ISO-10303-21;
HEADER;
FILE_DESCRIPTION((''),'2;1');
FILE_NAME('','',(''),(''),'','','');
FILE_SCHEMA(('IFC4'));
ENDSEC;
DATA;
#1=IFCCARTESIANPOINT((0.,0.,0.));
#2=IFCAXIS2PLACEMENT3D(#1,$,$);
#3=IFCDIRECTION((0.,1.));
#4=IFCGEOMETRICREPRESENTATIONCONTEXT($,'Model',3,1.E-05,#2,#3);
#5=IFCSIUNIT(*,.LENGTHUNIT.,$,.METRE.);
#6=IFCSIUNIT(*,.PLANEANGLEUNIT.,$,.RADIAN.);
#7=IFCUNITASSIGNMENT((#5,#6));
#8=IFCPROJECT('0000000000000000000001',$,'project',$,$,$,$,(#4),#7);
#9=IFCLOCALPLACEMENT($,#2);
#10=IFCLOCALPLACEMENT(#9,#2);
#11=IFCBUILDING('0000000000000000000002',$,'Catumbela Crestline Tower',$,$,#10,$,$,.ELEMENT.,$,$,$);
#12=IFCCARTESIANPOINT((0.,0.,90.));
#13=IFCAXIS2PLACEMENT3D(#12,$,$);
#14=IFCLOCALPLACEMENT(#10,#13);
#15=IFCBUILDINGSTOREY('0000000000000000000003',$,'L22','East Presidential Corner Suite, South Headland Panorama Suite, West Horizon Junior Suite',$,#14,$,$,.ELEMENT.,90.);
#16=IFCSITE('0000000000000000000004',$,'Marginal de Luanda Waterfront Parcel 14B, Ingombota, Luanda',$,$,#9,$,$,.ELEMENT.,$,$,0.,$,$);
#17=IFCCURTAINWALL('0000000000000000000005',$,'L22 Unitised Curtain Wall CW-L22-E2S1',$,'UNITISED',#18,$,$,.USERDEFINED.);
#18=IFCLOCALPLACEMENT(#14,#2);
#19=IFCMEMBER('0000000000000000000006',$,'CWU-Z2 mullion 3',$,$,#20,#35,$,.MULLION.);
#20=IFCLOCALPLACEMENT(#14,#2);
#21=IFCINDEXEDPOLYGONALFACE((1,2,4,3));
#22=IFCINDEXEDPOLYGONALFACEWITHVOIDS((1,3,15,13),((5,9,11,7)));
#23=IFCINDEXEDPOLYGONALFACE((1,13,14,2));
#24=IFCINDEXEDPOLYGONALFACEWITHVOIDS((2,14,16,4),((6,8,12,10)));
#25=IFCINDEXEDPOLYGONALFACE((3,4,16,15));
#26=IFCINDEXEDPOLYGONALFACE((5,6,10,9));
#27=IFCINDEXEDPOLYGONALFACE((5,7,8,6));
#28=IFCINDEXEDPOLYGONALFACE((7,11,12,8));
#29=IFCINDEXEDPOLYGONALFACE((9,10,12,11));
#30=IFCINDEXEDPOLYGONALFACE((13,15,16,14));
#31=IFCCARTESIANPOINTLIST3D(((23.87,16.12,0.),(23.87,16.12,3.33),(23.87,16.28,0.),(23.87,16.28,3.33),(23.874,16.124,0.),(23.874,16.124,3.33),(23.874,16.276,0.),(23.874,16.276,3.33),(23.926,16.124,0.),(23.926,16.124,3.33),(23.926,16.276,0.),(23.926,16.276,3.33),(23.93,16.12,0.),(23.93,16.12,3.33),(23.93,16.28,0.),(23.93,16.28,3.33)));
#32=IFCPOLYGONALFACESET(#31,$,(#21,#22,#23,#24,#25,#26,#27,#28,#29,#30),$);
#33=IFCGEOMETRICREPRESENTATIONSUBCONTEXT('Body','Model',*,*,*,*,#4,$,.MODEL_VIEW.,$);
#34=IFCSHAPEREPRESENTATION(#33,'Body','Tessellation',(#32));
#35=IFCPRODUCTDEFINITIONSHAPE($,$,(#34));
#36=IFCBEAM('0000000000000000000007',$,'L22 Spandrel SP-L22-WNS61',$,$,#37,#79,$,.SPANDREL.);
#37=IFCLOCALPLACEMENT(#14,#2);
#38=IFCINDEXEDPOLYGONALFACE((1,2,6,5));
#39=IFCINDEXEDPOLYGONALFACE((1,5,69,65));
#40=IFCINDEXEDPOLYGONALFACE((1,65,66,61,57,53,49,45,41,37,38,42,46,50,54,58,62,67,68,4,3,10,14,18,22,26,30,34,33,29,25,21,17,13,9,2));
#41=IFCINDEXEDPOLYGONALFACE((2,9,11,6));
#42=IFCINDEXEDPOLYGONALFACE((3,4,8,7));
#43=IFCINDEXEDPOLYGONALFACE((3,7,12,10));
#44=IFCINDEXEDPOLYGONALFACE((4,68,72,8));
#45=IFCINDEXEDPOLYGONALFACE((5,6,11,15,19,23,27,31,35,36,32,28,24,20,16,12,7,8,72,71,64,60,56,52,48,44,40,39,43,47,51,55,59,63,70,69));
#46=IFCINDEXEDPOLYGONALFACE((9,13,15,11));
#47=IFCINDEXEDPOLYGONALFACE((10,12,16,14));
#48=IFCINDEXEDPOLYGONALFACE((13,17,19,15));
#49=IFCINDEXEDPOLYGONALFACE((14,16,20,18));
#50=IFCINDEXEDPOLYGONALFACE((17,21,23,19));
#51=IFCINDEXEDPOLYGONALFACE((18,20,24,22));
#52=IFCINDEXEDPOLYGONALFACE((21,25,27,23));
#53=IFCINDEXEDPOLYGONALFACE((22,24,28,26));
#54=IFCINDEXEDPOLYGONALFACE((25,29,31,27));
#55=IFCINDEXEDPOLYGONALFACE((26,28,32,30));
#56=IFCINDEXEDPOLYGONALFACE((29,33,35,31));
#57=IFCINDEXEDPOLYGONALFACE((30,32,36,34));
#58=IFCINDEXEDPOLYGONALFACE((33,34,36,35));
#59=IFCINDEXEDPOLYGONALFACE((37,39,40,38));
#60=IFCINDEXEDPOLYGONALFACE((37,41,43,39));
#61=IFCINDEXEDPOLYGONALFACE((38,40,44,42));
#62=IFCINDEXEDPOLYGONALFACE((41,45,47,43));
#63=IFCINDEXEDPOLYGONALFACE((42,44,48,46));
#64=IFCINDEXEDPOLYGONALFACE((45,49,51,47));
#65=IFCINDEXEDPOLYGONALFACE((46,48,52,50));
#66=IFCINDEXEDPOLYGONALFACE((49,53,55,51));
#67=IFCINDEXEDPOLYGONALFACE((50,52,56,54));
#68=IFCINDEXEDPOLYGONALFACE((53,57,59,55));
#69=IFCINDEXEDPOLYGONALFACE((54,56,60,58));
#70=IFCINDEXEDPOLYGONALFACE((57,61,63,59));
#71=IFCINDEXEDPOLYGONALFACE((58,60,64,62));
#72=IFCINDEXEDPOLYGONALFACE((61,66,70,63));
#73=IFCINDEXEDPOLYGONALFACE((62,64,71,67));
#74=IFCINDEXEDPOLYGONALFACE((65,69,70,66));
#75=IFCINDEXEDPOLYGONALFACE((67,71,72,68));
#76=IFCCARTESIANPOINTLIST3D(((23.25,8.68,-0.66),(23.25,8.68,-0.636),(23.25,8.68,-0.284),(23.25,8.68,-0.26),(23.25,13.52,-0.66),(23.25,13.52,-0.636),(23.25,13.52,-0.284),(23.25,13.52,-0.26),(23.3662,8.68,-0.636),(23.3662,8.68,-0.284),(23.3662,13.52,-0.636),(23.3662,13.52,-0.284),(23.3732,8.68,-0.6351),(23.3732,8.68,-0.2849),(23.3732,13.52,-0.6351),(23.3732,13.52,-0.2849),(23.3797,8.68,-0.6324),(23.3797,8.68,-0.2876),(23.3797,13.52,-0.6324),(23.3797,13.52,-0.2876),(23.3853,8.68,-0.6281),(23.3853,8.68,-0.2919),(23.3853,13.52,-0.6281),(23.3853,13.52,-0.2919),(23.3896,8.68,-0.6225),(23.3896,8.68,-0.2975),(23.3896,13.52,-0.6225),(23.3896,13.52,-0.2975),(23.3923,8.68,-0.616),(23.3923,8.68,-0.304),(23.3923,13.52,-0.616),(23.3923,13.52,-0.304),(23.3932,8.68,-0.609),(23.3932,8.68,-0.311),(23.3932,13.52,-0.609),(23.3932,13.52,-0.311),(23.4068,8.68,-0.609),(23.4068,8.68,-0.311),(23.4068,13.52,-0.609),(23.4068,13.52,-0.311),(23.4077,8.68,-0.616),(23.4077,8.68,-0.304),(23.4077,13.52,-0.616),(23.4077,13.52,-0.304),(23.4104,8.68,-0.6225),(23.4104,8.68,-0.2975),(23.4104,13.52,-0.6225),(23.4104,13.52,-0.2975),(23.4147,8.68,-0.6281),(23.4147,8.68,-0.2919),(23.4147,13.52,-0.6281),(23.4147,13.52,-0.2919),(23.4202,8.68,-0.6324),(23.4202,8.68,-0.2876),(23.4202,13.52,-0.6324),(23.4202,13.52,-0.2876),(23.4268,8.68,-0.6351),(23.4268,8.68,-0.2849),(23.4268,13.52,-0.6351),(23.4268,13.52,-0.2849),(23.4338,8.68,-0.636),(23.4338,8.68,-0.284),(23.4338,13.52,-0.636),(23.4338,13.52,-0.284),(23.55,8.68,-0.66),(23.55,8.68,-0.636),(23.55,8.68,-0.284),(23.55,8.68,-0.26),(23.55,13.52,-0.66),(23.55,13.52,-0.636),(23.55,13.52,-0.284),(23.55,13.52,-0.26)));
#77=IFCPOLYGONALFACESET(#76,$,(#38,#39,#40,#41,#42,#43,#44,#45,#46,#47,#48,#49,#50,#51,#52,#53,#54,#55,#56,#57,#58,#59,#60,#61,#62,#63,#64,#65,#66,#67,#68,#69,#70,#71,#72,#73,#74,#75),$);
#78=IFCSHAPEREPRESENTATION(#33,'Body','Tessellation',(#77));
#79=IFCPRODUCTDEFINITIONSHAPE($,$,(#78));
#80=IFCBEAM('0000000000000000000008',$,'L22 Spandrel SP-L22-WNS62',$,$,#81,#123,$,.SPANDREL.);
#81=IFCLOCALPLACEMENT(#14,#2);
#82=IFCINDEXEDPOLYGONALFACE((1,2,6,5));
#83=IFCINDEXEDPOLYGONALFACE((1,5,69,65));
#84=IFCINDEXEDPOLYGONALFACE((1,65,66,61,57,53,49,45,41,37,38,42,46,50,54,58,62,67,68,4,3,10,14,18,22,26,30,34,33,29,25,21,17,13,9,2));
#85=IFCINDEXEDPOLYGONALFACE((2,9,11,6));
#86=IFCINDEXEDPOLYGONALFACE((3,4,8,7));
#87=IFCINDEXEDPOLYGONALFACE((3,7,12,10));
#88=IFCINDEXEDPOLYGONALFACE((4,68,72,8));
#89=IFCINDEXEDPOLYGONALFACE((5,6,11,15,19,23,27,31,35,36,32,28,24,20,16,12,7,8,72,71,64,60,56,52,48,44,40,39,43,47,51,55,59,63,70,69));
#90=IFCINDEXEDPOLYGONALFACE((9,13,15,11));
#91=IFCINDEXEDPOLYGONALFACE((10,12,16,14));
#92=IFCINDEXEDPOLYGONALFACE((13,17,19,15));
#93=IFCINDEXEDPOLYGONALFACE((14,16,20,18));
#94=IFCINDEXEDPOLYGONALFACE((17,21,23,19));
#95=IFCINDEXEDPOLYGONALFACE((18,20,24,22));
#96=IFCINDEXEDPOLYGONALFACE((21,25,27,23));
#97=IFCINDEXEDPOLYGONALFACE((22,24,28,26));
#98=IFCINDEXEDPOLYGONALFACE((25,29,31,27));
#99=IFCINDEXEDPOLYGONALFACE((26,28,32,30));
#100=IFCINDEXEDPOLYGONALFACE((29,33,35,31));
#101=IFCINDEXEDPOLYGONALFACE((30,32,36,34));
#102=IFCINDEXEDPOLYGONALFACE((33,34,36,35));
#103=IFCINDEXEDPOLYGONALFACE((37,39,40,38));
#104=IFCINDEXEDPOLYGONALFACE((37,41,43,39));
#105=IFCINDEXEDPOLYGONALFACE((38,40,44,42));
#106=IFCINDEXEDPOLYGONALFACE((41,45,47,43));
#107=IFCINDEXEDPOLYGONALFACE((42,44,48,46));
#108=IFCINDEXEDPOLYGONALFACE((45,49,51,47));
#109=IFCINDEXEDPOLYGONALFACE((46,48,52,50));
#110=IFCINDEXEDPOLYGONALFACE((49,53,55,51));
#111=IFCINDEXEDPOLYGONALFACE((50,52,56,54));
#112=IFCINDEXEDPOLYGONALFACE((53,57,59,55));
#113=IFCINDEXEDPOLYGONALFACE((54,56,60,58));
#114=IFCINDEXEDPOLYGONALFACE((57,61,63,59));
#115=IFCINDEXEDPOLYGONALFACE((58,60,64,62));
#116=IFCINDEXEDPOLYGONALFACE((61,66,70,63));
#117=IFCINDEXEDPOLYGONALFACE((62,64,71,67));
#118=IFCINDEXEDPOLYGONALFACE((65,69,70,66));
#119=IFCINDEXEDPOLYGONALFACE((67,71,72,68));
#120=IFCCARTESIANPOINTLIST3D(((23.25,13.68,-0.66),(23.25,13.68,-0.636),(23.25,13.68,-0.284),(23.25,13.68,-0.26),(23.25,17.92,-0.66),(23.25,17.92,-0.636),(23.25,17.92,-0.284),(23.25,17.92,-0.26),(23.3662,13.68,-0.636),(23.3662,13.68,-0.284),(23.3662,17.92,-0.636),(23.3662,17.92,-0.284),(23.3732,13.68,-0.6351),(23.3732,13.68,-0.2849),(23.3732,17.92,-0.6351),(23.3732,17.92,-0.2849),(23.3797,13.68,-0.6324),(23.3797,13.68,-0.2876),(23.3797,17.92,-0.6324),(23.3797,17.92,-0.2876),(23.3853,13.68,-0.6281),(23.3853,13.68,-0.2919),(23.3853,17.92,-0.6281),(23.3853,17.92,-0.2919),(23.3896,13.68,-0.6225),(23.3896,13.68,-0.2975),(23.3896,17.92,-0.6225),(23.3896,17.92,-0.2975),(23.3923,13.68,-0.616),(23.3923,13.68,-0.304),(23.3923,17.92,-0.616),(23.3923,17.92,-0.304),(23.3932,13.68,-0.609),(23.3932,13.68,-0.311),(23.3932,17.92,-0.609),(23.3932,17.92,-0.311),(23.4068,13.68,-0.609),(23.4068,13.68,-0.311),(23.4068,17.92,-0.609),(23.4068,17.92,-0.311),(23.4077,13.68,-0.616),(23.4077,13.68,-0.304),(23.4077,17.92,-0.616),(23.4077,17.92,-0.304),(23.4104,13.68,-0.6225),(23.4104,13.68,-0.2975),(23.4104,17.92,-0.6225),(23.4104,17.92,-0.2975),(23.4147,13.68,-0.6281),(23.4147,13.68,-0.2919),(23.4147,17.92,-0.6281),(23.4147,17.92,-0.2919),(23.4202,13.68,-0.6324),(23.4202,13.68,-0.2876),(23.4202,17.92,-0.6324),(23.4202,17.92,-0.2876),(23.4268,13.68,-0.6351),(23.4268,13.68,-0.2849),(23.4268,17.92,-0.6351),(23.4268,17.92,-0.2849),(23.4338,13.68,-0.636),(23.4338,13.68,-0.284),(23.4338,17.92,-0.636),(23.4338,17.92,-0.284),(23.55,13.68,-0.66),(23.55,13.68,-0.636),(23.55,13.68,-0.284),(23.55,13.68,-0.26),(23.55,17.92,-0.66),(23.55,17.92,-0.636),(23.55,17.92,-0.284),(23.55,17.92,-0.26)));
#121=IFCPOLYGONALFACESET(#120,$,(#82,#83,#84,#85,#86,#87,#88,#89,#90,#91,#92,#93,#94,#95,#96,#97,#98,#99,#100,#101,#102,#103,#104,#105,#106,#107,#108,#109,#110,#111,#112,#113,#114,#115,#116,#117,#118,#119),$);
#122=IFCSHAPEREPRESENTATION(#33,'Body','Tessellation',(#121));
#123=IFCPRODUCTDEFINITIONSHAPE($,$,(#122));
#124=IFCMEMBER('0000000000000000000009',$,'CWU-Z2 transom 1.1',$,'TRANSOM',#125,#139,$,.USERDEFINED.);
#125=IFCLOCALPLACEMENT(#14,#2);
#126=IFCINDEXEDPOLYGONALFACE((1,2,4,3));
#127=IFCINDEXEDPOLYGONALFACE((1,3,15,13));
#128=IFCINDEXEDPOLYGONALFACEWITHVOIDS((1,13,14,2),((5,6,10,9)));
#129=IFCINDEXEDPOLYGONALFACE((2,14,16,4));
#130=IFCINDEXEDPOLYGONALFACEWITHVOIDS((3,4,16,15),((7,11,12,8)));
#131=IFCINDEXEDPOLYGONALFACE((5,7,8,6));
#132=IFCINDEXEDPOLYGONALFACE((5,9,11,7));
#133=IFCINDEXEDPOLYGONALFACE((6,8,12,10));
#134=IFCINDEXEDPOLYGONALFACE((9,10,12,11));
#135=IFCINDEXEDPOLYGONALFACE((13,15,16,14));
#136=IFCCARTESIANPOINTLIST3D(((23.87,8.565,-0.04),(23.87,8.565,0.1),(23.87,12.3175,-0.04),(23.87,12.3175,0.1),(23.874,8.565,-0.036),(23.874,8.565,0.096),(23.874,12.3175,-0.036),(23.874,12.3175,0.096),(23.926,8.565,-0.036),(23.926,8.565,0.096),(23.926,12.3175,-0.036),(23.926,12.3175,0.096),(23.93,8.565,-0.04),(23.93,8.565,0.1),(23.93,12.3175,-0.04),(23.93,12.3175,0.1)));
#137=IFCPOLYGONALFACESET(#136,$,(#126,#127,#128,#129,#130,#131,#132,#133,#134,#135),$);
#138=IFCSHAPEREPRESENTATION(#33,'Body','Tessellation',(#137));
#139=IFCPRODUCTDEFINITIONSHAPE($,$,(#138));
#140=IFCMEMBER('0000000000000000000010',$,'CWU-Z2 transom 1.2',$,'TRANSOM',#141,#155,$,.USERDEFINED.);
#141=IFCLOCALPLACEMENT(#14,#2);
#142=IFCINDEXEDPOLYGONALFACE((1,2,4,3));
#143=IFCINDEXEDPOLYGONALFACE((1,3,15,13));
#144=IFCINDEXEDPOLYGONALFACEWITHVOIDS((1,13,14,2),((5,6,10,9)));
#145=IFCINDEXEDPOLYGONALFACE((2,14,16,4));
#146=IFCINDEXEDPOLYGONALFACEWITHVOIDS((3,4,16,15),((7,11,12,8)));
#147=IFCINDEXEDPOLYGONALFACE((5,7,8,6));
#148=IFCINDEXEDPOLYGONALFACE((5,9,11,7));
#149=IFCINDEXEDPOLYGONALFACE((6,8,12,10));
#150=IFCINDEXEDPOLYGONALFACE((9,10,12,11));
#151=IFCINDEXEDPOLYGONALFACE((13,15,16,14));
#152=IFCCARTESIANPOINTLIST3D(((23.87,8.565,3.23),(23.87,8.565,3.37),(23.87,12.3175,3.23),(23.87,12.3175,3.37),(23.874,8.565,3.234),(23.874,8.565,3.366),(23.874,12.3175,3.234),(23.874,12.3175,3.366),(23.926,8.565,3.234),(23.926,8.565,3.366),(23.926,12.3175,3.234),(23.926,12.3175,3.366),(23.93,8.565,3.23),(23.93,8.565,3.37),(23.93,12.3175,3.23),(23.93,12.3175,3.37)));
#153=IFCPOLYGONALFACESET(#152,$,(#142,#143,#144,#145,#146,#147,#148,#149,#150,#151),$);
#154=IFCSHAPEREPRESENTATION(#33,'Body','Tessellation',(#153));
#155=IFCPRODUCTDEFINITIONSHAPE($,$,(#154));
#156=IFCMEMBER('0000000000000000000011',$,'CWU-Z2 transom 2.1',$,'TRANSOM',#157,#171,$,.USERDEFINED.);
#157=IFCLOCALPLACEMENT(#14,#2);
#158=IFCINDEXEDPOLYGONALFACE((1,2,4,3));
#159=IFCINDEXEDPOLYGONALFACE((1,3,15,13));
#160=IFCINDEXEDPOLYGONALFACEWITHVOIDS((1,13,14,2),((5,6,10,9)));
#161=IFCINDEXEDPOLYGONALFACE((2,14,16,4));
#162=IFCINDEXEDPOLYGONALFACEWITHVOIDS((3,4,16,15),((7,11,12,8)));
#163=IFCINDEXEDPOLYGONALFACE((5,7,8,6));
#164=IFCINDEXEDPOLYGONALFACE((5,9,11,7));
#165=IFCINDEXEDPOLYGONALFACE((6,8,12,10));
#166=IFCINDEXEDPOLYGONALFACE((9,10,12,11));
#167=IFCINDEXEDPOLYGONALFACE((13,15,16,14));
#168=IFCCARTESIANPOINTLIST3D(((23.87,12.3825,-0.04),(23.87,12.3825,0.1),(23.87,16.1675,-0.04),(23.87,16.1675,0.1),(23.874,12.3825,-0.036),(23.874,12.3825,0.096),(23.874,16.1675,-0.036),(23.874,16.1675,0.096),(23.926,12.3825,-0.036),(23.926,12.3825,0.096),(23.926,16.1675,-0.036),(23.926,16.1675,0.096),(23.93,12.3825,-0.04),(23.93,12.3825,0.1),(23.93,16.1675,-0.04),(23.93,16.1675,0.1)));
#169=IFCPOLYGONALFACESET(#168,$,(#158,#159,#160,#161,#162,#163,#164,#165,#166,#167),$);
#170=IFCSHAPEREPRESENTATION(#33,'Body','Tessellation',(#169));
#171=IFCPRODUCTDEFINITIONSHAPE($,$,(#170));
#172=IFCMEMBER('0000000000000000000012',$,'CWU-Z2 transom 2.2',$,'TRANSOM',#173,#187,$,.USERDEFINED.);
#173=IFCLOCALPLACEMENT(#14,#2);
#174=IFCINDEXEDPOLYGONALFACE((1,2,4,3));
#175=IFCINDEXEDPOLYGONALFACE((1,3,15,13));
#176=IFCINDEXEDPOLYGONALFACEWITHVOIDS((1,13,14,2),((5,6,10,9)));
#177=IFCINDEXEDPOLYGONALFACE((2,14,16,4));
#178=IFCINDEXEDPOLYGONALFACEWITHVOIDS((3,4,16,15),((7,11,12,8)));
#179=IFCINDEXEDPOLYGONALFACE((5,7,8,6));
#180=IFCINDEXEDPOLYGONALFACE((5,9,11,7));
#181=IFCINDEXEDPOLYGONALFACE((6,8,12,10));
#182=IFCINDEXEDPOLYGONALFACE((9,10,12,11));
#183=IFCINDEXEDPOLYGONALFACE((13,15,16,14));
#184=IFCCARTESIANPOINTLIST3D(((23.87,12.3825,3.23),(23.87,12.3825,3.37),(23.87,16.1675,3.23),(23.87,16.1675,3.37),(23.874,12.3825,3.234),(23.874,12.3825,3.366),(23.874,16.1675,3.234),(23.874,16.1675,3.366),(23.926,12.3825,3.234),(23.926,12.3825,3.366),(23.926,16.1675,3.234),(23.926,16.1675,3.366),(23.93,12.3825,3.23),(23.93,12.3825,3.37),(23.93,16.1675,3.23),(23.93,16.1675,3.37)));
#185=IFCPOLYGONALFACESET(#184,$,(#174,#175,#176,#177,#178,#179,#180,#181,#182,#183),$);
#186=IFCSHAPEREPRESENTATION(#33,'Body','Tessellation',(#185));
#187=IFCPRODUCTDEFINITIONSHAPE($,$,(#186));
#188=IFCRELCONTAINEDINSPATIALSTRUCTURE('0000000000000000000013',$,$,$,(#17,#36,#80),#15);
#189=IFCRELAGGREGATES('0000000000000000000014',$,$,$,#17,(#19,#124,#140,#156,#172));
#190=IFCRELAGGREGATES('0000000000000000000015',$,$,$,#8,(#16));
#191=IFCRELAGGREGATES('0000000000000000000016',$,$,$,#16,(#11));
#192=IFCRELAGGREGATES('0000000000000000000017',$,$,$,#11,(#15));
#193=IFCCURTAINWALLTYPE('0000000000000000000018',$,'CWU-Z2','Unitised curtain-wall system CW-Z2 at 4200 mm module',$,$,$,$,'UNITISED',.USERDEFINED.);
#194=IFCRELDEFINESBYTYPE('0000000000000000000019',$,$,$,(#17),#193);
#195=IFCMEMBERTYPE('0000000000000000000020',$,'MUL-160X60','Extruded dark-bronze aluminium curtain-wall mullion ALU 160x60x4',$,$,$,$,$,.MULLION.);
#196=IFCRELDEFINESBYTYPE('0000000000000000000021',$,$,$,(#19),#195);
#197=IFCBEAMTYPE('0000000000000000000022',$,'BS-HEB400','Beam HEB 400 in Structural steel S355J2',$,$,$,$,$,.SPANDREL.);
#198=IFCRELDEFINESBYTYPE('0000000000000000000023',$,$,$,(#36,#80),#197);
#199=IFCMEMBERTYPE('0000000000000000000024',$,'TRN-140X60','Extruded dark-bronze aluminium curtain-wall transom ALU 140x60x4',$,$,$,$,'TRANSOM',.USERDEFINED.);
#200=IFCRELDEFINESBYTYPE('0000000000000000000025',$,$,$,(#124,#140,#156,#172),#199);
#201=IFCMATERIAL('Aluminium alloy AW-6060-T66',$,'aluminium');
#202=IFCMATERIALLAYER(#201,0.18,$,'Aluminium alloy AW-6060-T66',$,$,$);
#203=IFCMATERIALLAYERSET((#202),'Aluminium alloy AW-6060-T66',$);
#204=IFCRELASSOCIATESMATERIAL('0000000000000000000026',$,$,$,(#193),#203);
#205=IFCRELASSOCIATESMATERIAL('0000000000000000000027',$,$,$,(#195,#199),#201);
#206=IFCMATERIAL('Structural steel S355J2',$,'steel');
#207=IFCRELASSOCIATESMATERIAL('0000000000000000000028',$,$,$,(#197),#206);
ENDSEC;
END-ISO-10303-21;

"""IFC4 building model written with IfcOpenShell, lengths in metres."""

from ifc_helpers import new_model, si_unit, direction, frame, origin, origin_2d, place, context, subcontext, project, spatial, hollow_rectangle, i_section, extrude, material, layer, layer_set, material_profile, profile_set, type_object, element, aggregate, save


model = new_model("IFC4")

# Units and contexts
model_context = context("Model", 3, precision=1e-05, world=origin(), true_north=direction((0.0, 1.0)))
body_context = subcontext(model_context, "Body", "Model", "MODEL_VIEW")
ifc_project = project(units=[si_unit("LENGTHUNIT", "METRE"), si_unit("PLANEANGLEUNIT", "RADIAN")], contexts=[model_context])

# Site, building, storey
site_placement = place(None, origin())
site = spatial("IfcSite", under=ifc_project, at=site_placement, Name="Marginal de Luanda Waterfront Parcel 14B, Ingombota, Luanda", CompositionType="ELEMENT", RefElevation=0.0)
building_placement = place(site_placement, origin())
building = spatial("IfcBuilding", under=site, at=building_placement, Name="Catumbela Crestline Tower", CompositionType="ELEMENT")
storey_placement = place(building_placement, frame((0.0, 0.0, 90.0)))
storey = spatial("IfcBuildingStorey", under=building, at=storey_placement, Name="L22", Description="East Presidential Corner Suite, South Headland Panorama Suite, West Horizon Junior Suite", CompositionType="ELEMENT", Elevation=90.0)

# Shared definitions
ifc_material_1 = material(Name="Structural steel S355J2", Category="steel")

# Shared definitions
ifc_material_2 = material(Name="Aluminium alloy AW-6060-T66", Category="aluminium")
ifc_layer_1 = layer(ifc_material_2, 0.18, Name="Aluminium alloy AW-6060-T66")
ifc_layer_set_1 = layer_set([ifc_layer_1], Name="Aluminium alloy AW-6060-T66")
curtain_wall_type = type_object("IfcCurtainWallType", Name="CWU-Z2", Description="Unitised curtain-wall system CW-Z2 at 4200 mm module", ElementType="UNITISED", PredefinedType="USERDEFINED", material=ifc_layer_set_1)
ifc_material_profile_1 = material_profile(ifc_material_2, hollow_rectangle(XDim=0.06, YDim=0.16, WallThickness=0.004, at=origin_2d()), Name="ALU 160x60x4")
ifc_profile_set_1 = profile_set([ifc_material_profile_1], Name="Aluminium alloy AW-6060-T66")
member_type_1 = type_object("IfcMemberType", Name="MUL-160X60", Description="Extruded dark-bronze aluminium curtain-wall mullion ALU 160x60x4", PredefinedType="MULLION", material=ifc_profile_set_1)

# Curtain wall, member
curtain_wall_1_placement = place(storey_placement, origin())
curtain_wall_1 = element("IfcCurtainWall", 1, at=curtain_wall_1_placement, inside=storey, type_object=curtain_wall_type, Name="L22 Unitised Curtain Wall CW-L22-E2S1", ObjectType="UNITISED", PredefinedType="USERDEFINED")
member_1_placement = place(storey_placement, frame((23.9, 16.2, 0.0), z_axis=(0.0, 0.0, 1.0), x_axis=(-1.0, 0.0, 0.0)))
member_1 = element("IfcMember", 2, at=member_1_placement, type_object=member_type_1, Name="CWU-Z2 mullion 3", PredefinedType="MULLION", context=body_context, shape_type="SweptSolid", body=[
    extrude(hollow_rectangle(XDim=0.06, YDim=0.16, WallThickness=0.004, at=origin_2d()), origin(), (0.0, 0.0, 1.0), 3.33),
])

# Beams
ifc_material_profile_2 = material_profile(ifc_material_1, i_section(OverallWidth=0.3, OverallDepth=0.4, WebThickness=0.0135, FlangeThickness=0.024, FilletRadius=0.027, at=origin_2d()), Name="HEB 400")
ifc_profile_set_2 = profile_set([ifc_material_profile_2], Name="Structural steel S355J2")
beam_type_1 = type_object("IfcBeamType", Name="BS-HEB400", Description="Beam HEB 400 in Structural steel S355J2", PredefinedType="SPANDREL", material=ifc_profile_set_2)
beam_1_placement = place(storey_placement, frame((23.4, 8.68, -0.46), z_axis=(0.0, 1.0, 0.0), x_axis=(-1.0, 0.0, 0.0)))
element("IfcBeam", 3, at=beam_1_placement, inside=storey, type_object=beam_type_1, Name="L22 Spandrel SP-L22-WNS61", PredefinedType="SPANDREL", context=body_context, shape_type="SweptSolid", body=[
    extrude(i_section(OverallWidth=0.3, OverallDepth=0.4, WebThickness=0.0135, FlangeThickness=0.024, FilletRadius=0.027, at=origin_2d()), origin(), (0.0, 0.0, 1.0), 4.84),
])
beam_2_placement = place(storey_placement, frame((23.4, 13.68, -0.46), z_axis=(0.0, 1.0, 0.0), x_axis=(-1.0, 0.0, 0.0)))
element("IfcBeam", 4, at=beam_2_placement, inside=storey, type_object=beam_type_1, Name="L22 Spandrel SP-L22-WNS62", PredefinedType="SPANDREL", context=body_context, shape_type="SweptSolid", body=[
    extrude(i_section(OverallWidth=0.3, OverallDepth=0.4, WebThickness=0.0135, FlangeThickness=0.024, FilletRadius=0.027, at=origin_2d()), origin(), (0.0, 0.0, 1.0), 4.24),
])

# Members
ifc_material_profile_3 = material_profile(ifc_material_2, hollow_rectangle(XDim=0.06, YDim=0.14, WallThickness=0.004, at=origin_2d()), Name="ALU 140x60x4")
ifc_profile_set_3 = profile_set([ifc_material_profile_3], Name="Aluminium alloy AW-6060-T66")
member_type_2 = type_object("IfcMemberType", Name="TRN-140X60", Description="Extruded dark-bronze aluminium curtain-wall transom ALU 140x60x4", ElementType="TRANSOM", PredefinedType="USERDEFINED", material=ifc_profile_set_3)
member_2_placement = place(storey_placement, frame((23.9, 8.565, 0.03), z_axis=(0.0, 1.0, 0.0), x_axis=(-1.0, 0.0, 0.0)))
member_2 = element("IfcMember", 5, at=member_2_placement, type_object=member_type_2, Name="CWU-Z2 transom 1.1", ObjectType="TRANSOM", PredefinedType="USERDEFINED", context=body_context, shape_type="SweptSolid", body=[
    extrude(hollow_rectangle(XDim=0.06, YDim=0.14, WallThickness=0.004, at=origin_2d()), origin(), (0.0, 0.0, 1.0), 3.7525),
])
member_3_placement = place(storey_placement, frame((23.9, 8.565, 3.3), z_axis=(0.0, 1.0, 0.0), x_axis=(-1.0, 0.0, 0.0)))
member_3 = element("IfcMember", 6, at=member_3_placement, type_object=member_type_2, Name="CWU-Z2 transom 1.2", ObjectType="TRANSOM", PredefinedType="USERDEFINED", context=body_context, shape_type="SweptSolid", body=[
    extrude(hollow_rectangle(XDim=0.06, YDim=0.14, WallThickness=0.004, at=origin_2d()), origin(), (0.0, 0.0, 1.0), 3.7525),
])
member_4_placement = place(storey_placement, frame((23.9, 12.3825, 0.03), z_axis=(0.0, 1.0, 0.0), x_axis=(-1.0, 0.0, 0.0)))
member_4 = element("IfcMember", 7, at=member_4_placement, type_object=member_type_2, Name="CWU-Z2 transom 2.1", ObjectType="TRANSOM", PredefinedType="USERDEFINED", context=body_context, shape_type="SweptSolid", body=[
    extrude(hollow_rectangle(XDim=0.06, YDim=0.14, WallThickness=0.004, at=origin_2d()), origin(), (0.0, 0.0, 1.0), 3.785),
])
member_5_placement = place(storey_placement, frame((23.9, 12.3825, 3.3), z_axis=(0.0, 1.0, 0.0), x_axis=(-1.0, 0.0, 0.0)))
member_5 = element("IfcMember", 8, at=member_5_placement, type_object=member_type_2, Name="CWU-Z2 transom 2.2", ObjectType="TRANSOM", PredefinedType="USERDEFINED", context=body_context, shape_type="SweptSolid", body=[
    extrude(hollow_rectangle(XDim=0.06, YDim=0.14, WallThickness=0.004, at=origin_2d()), origin(), (0.0, 0.0, 1.0), 3.785),
])

aggregate(curtain_wall_1, [member_1, member_2, member_3, member_4, member_5])

save(model, "model.ifc")
